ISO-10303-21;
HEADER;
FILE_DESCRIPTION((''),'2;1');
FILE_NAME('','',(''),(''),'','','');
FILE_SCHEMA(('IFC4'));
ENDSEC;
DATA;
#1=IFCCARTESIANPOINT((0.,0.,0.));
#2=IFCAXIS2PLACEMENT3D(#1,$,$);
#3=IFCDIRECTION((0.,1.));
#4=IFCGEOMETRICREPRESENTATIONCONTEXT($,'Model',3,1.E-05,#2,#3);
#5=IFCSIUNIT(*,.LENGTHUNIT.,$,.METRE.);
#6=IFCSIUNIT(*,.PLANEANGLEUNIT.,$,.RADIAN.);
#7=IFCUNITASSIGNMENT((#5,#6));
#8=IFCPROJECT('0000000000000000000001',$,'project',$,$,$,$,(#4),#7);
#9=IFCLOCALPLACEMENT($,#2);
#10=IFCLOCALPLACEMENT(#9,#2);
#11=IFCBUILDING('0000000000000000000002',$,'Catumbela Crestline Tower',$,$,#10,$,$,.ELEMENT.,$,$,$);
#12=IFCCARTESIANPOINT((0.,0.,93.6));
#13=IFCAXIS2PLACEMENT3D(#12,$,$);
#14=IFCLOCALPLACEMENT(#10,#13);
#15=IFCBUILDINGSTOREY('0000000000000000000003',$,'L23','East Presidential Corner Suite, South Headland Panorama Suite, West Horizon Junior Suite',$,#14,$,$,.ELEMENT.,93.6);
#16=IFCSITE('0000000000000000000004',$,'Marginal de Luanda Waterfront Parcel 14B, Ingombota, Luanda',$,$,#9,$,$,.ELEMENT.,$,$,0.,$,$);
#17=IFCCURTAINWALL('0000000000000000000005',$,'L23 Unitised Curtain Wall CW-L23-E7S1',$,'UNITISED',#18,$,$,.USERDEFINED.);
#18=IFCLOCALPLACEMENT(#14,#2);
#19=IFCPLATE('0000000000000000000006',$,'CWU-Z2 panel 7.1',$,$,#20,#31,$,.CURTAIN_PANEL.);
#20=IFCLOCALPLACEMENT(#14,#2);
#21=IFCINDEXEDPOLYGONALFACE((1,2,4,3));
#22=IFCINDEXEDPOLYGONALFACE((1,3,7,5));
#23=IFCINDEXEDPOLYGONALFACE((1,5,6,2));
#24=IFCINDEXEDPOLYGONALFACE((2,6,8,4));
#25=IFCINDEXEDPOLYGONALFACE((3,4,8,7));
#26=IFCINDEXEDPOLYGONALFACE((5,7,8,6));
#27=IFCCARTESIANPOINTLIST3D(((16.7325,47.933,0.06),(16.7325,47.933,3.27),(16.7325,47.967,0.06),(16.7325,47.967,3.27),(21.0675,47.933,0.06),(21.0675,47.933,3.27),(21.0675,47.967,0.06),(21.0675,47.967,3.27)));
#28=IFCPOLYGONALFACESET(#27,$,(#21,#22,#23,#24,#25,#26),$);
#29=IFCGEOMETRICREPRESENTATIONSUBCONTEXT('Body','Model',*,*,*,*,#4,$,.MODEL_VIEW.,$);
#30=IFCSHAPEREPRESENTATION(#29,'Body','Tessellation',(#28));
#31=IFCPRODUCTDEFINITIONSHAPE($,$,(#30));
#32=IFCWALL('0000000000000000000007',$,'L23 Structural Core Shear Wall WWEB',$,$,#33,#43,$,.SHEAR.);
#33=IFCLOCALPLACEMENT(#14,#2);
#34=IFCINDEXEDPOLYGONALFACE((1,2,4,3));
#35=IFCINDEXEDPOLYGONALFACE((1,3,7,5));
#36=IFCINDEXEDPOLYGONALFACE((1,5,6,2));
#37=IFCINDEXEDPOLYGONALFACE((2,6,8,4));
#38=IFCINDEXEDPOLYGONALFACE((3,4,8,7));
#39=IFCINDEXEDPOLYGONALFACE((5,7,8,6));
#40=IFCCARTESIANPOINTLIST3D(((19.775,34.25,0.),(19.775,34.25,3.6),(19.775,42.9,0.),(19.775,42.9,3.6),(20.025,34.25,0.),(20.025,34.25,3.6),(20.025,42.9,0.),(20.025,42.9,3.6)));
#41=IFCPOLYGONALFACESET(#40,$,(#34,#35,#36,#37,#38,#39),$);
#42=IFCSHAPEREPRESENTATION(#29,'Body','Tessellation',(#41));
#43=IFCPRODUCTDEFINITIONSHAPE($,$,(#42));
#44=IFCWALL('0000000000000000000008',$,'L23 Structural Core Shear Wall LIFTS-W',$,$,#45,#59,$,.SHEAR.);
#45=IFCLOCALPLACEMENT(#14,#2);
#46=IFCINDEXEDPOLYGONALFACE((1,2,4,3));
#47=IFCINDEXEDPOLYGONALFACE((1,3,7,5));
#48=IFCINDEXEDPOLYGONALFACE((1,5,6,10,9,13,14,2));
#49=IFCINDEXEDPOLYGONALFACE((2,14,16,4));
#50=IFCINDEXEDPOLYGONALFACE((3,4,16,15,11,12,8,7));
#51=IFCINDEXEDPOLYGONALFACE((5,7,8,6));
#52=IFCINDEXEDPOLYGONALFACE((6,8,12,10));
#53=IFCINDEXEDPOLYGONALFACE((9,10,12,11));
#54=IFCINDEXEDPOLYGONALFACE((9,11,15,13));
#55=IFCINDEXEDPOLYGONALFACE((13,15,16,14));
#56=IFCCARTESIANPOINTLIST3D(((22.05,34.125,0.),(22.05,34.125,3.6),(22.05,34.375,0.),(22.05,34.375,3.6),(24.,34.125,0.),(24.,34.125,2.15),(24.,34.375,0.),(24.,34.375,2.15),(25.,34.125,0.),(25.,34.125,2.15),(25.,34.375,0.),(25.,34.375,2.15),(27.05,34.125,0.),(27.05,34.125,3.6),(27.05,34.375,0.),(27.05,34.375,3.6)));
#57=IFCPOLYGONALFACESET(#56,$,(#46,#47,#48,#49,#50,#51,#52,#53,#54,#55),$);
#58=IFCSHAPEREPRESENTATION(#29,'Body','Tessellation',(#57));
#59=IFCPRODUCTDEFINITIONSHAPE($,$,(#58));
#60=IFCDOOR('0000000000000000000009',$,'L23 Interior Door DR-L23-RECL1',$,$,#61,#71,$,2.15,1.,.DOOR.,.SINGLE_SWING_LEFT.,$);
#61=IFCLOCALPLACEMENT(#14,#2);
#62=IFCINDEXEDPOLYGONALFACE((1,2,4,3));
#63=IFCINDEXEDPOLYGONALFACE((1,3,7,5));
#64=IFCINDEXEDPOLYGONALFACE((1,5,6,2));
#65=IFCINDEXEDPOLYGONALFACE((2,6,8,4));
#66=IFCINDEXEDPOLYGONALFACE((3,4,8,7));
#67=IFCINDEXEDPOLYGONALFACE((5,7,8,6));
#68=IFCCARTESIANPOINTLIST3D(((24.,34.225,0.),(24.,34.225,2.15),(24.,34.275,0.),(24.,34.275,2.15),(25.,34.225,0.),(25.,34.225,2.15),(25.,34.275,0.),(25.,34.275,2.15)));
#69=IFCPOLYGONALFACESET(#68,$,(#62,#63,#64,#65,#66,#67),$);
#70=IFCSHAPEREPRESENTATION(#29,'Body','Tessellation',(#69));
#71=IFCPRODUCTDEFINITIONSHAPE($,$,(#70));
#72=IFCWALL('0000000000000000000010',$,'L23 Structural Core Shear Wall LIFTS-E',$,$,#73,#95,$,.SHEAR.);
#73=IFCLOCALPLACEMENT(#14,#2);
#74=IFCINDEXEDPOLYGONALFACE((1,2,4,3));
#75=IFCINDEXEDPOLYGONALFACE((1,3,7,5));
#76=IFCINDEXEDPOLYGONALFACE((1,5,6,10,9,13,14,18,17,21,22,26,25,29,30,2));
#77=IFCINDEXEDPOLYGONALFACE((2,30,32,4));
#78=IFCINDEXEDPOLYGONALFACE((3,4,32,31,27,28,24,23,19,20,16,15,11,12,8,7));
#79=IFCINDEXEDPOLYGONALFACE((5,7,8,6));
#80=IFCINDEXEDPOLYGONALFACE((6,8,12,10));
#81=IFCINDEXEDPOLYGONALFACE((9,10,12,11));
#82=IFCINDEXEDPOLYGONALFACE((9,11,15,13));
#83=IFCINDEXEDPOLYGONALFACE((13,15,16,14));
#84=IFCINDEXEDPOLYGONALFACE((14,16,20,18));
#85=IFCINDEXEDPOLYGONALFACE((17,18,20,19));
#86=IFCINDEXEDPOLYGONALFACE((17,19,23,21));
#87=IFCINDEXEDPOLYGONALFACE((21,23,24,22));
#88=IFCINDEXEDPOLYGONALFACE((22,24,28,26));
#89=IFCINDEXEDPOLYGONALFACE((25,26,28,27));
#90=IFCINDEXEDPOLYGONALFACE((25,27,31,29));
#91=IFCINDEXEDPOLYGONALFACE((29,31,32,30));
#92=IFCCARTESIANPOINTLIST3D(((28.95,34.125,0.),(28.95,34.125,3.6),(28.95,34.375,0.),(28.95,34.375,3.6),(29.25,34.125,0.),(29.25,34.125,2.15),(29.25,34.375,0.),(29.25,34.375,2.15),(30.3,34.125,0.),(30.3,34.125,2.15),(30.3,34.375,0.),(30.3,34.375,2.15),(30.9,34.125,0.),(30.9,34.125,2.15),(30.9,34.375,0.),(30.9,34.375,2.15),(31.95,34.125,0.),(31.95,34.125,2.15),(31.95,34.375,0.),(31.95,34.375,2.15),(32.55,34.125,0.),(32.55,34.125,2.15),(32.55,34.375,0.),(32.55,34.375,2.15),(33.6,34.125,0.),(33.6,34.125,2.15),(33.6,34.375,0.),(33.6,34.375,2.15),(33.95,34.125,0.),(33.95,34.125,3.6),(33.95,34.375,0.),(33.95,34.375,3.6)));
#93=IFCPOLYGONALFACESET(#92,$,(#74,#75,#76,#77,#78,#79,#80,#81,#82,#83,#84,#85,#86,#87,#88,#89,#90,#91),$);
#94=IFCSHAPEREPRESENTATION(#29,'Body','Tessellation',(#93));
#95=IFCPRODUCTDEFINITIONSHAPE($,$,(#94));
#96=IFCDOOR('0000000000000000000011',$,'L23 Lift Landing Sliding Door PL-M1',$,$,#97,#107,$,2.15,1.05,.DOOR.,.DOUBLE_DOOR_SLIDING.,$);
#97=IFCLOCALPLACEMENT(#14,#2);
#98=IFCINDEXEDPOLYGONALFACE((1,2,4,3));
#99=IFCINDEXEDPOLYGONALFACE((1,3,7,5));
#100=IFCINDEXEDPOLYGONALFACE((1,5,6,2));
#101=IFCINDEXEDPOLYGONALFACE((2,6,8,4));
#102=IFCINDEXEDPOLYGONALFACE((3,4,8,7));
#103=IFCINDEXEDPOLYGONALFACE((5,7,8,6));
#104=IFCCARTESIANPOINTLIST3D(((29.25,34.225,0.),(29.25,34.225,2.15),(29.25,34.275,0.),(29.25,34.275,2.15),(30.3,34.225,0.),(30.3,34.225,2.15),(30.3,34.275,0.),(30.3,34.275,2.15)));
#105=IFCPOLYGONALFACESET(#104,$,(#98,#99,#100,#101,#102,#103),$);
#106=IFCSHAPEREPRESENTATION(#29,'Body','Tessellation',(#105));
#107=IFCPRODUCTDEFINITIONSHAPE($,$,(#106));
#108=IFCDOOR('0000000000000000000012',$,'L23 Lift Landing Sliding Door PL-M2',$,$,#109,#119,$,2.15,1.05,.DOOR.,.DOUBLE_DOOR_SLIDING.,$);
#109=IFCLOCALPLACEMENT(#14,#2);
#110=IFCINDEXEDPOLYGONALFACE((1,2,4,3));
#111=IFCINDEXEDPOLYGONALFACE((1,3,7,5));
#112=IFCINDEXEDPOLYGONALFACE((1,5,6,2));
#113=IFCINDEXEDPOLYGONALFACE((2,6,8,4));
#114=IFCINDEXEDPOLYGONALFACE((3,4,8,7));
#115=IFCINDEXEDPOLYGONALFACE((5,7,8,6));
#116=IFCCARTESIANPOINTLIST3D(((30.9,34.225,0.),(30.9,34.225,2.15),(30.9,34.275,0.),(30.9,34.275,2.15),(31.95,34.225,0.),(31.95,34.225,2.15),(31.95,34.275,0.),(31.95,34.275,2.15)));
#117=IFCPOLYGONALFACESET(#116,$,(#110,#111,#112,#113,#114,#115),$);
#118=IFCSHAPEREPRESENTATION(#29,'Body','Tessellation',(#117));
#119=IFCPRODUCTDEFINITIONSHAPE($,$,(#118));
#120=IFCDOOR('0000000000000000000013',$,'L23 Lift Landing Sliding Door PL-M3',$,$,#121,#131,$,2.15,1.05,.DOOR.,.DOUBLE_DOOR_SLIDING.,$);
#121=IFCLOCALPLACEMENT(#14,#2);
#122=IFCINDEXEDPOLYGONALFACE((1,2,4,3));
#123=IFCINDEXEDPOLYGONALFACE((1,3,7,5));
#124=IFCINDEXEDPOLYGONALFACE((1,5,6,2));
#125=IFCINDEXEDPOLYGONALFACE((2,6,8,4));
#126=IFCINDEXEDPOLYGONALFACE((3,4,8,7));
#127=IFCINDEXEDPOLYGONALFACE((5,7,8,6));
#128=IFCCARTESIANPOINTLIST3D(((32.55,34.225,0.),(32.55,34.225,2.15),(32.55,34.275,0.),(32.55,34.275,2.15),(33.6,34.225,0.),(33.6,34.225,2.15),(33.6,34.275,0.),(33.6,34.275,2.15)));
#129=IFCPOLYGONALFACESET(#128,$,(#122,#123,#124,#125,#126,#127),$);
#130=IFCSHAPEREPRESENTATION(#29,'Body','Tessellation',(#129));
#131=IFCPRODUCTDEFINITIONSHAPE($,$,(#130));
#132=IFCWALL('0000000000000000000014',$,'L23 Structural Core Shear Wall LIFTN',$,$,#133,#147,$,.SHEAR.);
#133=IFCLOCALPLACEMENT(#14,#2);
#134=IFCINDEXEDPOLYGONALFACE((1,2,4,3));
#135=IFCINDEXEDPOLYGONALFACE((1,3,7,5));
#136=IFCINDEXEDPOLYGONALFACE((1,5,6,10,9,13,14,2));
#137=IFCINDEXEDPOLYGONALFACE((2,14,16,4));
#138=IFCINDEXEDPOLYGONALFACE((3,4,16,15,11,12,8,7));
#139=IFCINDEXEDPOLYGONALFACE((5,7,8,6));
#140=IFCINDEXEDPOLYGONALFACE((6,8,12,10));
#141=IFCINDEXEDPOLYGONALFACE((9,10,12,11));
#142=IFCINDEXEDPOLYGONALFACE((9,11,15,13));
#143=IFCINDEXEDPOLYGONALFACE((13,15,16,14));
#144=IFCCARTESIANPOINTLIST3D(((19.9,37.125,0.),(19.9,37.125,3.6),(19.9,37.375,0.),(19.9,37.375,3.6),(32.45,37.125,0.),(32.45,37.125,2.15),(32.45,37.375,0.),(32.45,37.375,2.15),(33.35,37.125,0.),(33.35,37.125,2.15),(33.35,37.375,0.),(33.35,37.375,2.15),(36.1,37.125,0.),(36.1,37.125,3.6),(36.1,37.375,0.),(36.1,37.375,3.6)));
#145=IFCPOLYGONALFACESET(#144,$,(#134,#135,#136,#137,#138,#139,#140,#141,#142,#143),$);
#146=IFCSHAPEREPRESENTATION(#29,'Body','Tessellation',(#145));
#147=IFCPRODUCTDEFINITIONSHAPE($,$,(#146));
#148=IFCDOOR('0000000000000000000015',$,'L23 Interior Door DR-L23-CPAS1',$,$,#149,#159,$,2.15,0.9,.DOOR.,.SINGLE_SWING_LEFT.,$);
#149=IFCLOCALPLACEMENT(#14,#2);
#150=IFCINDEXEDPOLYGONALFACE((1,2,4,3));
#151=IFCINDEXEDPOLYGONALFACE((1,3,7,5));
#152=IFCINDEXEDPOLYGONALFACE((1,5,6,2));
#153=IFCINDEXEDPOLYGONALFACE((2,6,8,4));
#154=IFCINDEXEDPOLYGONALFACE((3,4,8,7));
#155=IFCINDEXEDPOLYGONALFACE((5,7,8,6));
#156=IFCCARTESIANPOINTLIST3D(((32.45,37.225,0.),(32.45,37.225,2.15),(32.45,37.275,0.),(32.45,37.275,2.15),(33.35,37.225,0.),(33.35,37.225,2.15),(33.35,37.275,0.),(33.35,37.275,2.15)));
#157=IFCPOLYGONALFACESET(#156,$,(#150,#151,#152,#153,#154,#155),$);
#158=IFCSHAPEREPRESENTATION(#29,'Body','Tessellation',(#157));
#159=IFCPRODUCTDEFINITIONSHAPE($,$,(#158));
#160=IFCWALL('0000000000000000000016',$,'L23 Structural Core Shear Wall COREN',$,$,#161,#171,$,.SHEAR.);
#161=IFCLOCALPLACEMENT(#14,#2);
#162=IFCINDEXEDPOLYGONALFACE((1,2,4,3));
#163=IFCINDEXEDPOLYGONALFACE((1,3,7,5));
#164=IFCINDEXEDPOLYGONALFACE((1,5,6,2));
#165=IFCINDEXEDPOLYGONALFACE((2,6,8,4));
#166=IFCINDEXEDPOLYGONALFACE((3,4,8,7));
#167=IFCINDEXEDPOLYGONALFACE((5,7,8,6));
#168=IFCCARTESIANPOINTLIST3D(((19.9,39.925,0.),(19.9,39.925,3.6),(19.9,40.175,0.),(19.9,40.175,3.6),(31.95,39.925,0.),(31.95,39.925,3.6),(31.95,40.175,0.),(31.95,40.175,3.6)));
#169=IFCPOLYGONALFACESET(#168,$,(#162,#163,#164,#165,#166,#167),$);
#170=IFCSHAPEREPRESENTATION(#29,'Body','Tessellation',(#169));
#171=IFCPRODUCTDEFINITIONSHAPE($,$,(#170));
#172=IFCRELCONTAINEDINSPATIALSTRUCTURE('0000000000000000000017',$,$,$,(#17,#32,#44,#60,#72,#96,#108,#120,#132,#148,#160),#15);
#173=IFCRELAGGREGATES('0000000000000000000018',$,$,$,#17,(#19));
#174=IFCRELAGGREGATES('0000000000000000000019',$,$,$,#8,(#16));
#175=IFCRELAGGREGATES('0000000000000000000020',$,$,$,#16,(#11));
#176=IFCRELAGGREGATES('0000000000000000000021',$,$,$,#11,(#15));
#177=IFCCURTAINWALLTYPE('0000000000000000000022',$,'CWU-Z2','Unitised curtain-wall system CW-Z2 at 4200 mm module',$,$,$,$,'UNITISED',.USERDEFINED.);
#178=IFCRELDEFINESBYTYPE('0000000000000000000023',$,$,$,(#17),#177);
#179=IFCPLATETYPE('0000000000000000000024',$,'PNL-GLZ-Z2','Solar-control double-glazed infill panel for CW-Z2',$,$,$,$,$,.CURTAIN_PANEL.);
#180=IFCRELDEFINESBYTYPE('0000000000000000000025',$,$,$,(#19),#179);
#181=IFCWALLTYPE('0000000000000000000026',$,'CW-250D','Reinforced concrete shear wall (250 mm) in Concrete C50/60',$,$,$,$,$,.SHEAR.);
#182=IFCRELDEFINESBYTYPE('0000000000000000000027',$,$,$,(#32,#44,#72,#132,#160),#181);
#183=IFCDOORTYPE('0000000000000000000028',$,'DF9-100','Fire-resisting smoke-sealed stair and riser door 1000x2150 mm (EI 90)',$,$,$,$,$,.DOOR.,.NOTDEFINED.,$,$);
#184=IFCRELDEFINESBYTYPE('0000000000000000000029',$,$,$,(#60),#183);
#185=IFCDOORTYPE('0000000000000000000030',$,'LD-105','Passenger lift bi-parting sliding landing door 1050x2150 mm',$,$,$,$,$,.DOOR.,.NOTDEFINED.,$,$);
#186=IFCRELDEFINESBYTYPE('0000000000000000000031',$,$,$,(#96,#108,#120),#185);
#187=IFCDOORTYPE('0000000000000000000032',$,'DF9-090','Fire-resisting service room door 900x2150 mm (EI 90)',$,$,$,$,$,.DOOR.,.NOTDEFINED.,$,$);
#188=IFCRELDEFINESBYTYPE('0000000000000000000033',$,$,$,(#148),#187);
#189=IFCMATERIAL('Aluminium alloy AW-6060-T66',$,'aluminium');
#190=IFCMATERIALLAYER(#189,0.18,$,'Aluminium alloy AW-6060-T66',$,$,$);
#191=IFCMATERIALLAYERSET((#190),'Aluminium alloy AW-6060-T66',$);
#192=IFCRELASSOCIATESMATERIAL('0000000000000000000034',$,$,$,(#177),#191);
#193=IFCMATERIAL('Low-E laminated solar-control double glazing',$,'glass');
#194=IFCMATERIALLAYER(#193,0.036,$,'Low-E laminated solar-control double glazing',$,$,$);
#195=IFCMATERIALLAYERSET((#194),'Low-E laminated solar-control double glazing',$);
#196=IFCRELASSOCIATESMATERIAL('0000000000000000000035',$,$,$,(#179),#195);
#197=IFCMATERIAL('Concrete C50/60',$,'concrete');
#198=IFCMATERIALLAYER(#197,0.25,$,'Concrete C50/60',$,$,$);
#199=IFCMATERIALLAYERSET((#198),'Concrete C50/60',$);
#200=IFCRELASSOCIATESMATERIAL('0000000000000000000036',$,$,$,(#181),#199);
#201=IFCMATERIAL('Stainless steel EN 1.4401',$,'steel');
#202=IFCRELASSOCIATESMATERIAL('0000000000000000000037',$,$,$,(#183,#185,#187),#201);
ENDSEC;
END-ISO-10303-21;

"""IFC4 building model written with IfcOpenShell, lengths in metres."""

from ifc_helpers import new_model, si_unit, direction, frame, frame_2d, origin, origin_2d, place, context, subcontext, project, spatial, rectangle, extrude, material, layer, layer_set, type_object, element, fill, aggregate, save


model = new_model("IFC4")

# Units and contexts
model_context = context("Model", 3, precision=1e-05, world=origin(), true_north=direction((0.0, 1.0)))
body_context = subcontext(model_context, "Body", "Model", "MODEL_VIEW")
ifc_project = project(units=[si_unit("LENGTHUNIT", "METRE"), si_unit("PLANEANGLEUNIT", "RADIAN")], contexts=[model_context])

# Site, building, storey
site_placement = place(None, origin())
site = spatial("IfcSite", under=ifc_project, at=site_placement, Name="Marginal de Luanda Waterfront Parcel 14B, Ingombota, Luanda", CompositionType="ELEMENT", RefElevation=0.0)
building_placement = place(site_placement, origin())
building = spatial("IfcBuilding", under=site, at=building_placement, Name="Catumbela Crestline Tower", CompositionType="ELEMENT")
storey_placement = place(building_placement, frame((0.0, 0.0, 93.6)))
storey = spatial("IfcBuildingStorey", under=building, at=storey_placement, Name="L23", Description="East Presidential Corner Suite, South Headland Panorama Suite, West Horizon Junior Suite", CompositionType="ELEMENT", Elevation=93.6)

# Curtain wall, plate
ifc_material_1 = material(Name="Aluminium alloy AW-6060-T66", Category="aluminium")
ifc_layer_1 = layer(ifc_material_1, 0.18, Name="Aluminium alloy AW-6060-T66")
ifc_layer_set_1 = layer_set([ifc_layer_1], Name="Aluminium alloy AW-6060-T66")
curtain_wall_type = type_object("IfcCurtainWallType", Name="CWU-Z2", Description="Unitised curtain-wall system CW-Z2 at 4200 mm module", ElementType="UNITISED", PredefinedType="USERDEFINED", material=ifc_layer_set_1)
curtain_wall_placement = place(storey_placement, origin())
curtain_wall = element("IfcCurtainWall", 1, at=curtain_wall_placement, inside=storey, type_object=curtain_wall_type, Name="L23 Unitised Curtain Wall CW-L23-E7S1", ObjectType="UNITISED", PredefinedType="USERDEFINED")
ifc_material_2 = material(Name="Low-E laminated solar-control double glazing", Category="glass")
ifc_layer_2 = layer(ifc_material_2, 0.036, Name="Low-E laminated solar-control double glazing")
ifc_layer_set_2 = layer_set([ifc_layer_2], Name="Low-E laminated solar-control double glazing")
plate_type = type_object("IfcPlateType", Name="PNL-GLZ-Z2", Description="Solar-control double-glazed infill panel for CW-Z2", PredefinedType="CURTAIN_PANEL", material=ifc_layer_set_2)
plate_1_placement = place(storey_placement, frame((18.9, 47.95, 0.06), z_axis=(0.0, 0.0, 1.0), x_axis=(-1.0, 0.0, 0.0)))
plate_1 = element("IfcPlate", 2, at=plate_1_placement, type_object=plate_type, Name="CWU-Z2 panel 7.1", PredefinedType="CURTAIN_PANEL", context=body_context, shape_type="SweptSolid", body=[
    extrude(rectangle(XDim=4.335, YDim=0.034, at=origin_2d()), origin(), (0.0, 0.0, 1.0), 3.21),
])
aggregate(curtain_wall, [plate_1])

# Wall
ifc_material_3 = material(Name="Concrete C50/60", Category="concrete")
ifc_layer_3 = layer(ifc_material_3, 0.25, Name="Concrete C50/60")
ifc_layer_set_3 = layer_set([ifc_layer_3], Name="Concrete C50/60")
wall_type_1 = type_object("IfcWallType", Name="CW-250D", Description="Reinforced concrete shear wall (250 mm) in Concrete C50/60", PredefinedType="SHEAR", material=ifc_layer_set_3)
wall_1_placement = place(storey_placement, frame((19.9, 34.25, 0.0), z_axis=(0.0, 0.0, 1.0), x_axis=(0.0, 1.0, 0.0)))
element("IfcWall", 3, at=wall_1_placement, inside=storey, type_object=wall_type_1, Name="L23 Structural Core Shear Wall WWEB", PredefinedType="SHEAR", context=body_context, shape_type="SweptSolid", body=[
    extrude(rectangle(XDim=8.65, YDim=0.25, at=frame_2d((4.325, 0.0))), origin(), (0.0, 0.0, 1.0), 3.6),
])

# Wall, opening, door
wall_2_placement = place(storey_placement, frame((22.05, 34.25, 0.0), z_axis=(0.0, 0.0, 1.0), x_axis=(1.0, 0.0, 0.0)))
wall_2 = element("IfcWall", 4, at=wall_2_placement, inside=storey, type_object=wall_type_1, Name="L23 Structural Core Shear Wall LIFTS-W", PredefinedType="SHEAR", context=body_context, shape_type="SweptSolid", body=[
    extrude(rectangle(XDim=5.0, YDim=0.25, at=frame_2d((2.5, 0.0))), origin(), (0.0, 0.0, 1.0), 3.6),
])
opening_1_placement = place(wall_2_placement, frame((1.95, 0.0, 0.0)))
opening_1 = element("IfcOpeningElement", 5, at=opening_1_placement, cuts=wall_2, PredefinedType="OPENING", context=body_context, shape_type="SweptSolid", body=[
    extrude(rectangle(XDim=1.0, YDim=2.15, at=frame_2d((0.5, 1.075))), frame((0.0, 0.135, 0.0), z_axis=(0.0, -1.0, 0.0), x_axis=(1.0, 0.0, 0.0)), (0.0, 0.0, 1.0), 0.27),
])
ifc_material_4 = material(Name="Stainless steel EN 1.4401", Category="steel")
door_type_1 = type_object("IfcDoorType", Name="DF9-100", Description="Fire-resisting smoke-sealed stair and riser door 1000x2150 mm (EI 90)", OperationType="NOTDEFINED", PredefinedType="DOOR", material=ifc_material_4)
door_1_placement = place(opening_1_placement, origin())
door_1 = element("IfcDoor", 6, at=door_1_placement, inside=storey, type_object=door_type_1, Name="L23 Interior Door DR-L23-RECL1", OperationType="SINGLE_SWING_LEFT", OverallHeight=2.15, OverallWidth=1.0, PredefinedType="DOOR", context=body_context, shape_type="SweptSolid", body=[
    extrude(rectangle(XDim=1.0, YDim=2.15, at=frame_2d((0.5, 1.075))), frame((0.0, 0.025, 0.0), z_axis=(0.0, -1.0, 0.0), x_axis=(1.0, 0.0, 0.0)), (0.0, 0.0, 1.0), 0.05),
])
fill(opening_1, door_1)

# Wall, openings, doors
wall_3_placement = place(storey_placement, frame((28.95, 34.25, 0.0), z_axis=(0.0, 0.0, 1.0), x_axis=(1.0, 0.0, 0.0)))
wall_3 = element("IfcWall", 7, at=wall_3_placement, inside=storey, type_object=wall_type_1, Name="L23 Structural Core Shear Wall LIFTS-E", PredefinedType="SHEAR", context=body_context, shape_type="SweptSolid", body=[
    extrude(rectangle(XDim=5.0, YDim=0.25, at=frame_2d((2.5, 0.0))), origin(), (0.0, 0.0, 1.0), 3.6),
])
opening_2_placement = place(wall_3_placement, frame((0.3, 0.0, 0.0)))
opening_2 = element("IfcOpeningElement", 8, at=opening_2_placement, cuts=wall_3, PredefinedType="OPENING", context=body_context, shape_type="SweptSolid", body=[
    extrude(rectangle(XDim=1.05, YDim=2.15, at=frame_2d((0.525, 1.075))), frame((0.0, 0.135, 0.0), z_axis=(0.0, -1.0, 0.0), x_axis=(1.0, 0.0, 0.0)), (0.0, 0.0, 1.0), 0.27),
])
opening_3_placement = place(wall_3_placement, frame((1.95, 0.0, 0.0)))
opening_3 = element("IfcOpeningElement", 9, at=opening_3_placement, cuts=wall_3, PredefinedType="OPENING", context=body_context, shape_type="SweptSolid", body=[
    extrude(rectangle(XDim=1.05, YDim=2.15, at=frame_2d((0.525, 1.075))), frame((0.0, 0.135, 0.0), z_axis=(0.0, -1.0, 0.0), x_axis=(1.0, 0.0, 0.0)), (0.0, 0.0, 1.0), 0.27),
])
opening_4_placement = place(wall_3_placement, frame((3.6, 0.0, 0.0)))
opening_4 = element("IfcOpeningElement", 10, at=opening_4_placement, cuts=wall_3, PredefinedType="OPENING", context=body_context, shape_type="SweptSolid", body=[
    extrude(rectangle(XDim=1.05, YDim=2.15, at=frame_2d((0.525, 1.075))), frame((0.0, 0.135, 0.0), z_axis=(0.0, -1.0, 0.0), x_axis=(1.0, 0.0, 0.0)), (0.0, 0.0, 1.0), 0.27),
])
door_type_2 = type_object("IfcDoorType", Name="LD-105", Description="Passenger lift bi-parting sliding landing door 1050x2150 mm", OperationType="NOTDEFINED", PredefinedType="DOOR", material=ifc_material_4)
door_2_placement = place(opening_2_placement, origin())
door_2 = element("IfcDoor", 11, at=door_2_placement, inside=storey, type_object=door_type_2, Name="L23 Lift Landing Sliding Door PL-M1", OperationType="DOUBLE_DOOR_SLIDING", OverallHeight=2.15, OverallWidth=1.05, PredefinedType="DOOR", context=body_context, shape_type="SweptSolid", body=[
    extrude(rectangle(XDim=1.05, YDim=2.15, at=frame_2d((0.525, 1.075))), frame((0.0, 0.025, 0.0), z_axis=(0.0, -1.0, 0.0), x_axis=(1.0, 0.0, 0.0)), (0.0, 0.0, 1.0), 0.05),
])
fill(opening_2, door_2)
door_3_placement = place(opening_3_placement, origin())
door_3 = element("IfcDoor", 12, at=door_3_placement, inside=storey, type_object=door_type_2, Name="L23 Lift Landing Sliding Door PL-M2", OperationType="DOUBLE_DOOR_SLIDING", OverallHeight=2.15, OverallWidth=1.05, PredefinedType="DOOR", context=body_context, shape_type="SweptSolid", body=[
    extrude(rectangle(XDim=1.05, YDim=2.15, at=frame_2d((0.525, 1.075))), frame((0.0, 0.025, 0.0), z_axis=(0.0, -1.0, 0.0), x_axis=(1.0, 0.0, 0.0)), (0.0, 0.0, 1.0), 0.05),
])
fill(opening_3, door_3)
door_4_placement = place(opening_4_placement, origin())
door_4 = element("IfcDoor", 13, at=door_4_placement, inside=storey, type_object=door_type_2, Name="L23 Lift Landing Sliding Door PL-M3", OperationType="DOUBLE_DOOR_SLIDING", OverallHeight=2.15, OverallWidth=1.05, PredefinedType="DOOR", context=body_context, shape_type="SweptSolid", body=[
    extrude(rectangle(XDim=1.05, YDim=2.15, at=frame_2d((0.525, 1.075))), frame((0.0, 0.025, 0.0), z_axis=(0.0, -1.0, 0.0), x_axis=(1.0, 0.0, 0.0)), (0.0, 0.0, 1.0), 0.05),
])
fill(opening_4, door_4)

# Wall, opening, door
wall_4_placement = place(storey_placement, frame((19.9, 37.25, 0.0), z_axis=(0.0, 0.0, 1.0), x_axis=(1.0, 0.0, 0.0)))
wall_4 = element("IfcWall", 14, at=wall_4_placement, inside=storey, type_object=wall_type_1, Name="L23 Structural Core Shear Wall LIFTN", PredefinedType="SHEAR", context=body_context, shape_type="SweptSolid", body=[
    extrude(rectangle(XDim=16.2, YDim=0.25, at=frame_2d((8.1, 0.0))), origin(), (0.0, 0.0, 1.0), 3.6),
])
opening_5_placement = place(wall_4_placement, frame((12.55, 0.0, 0.0)))
opening_5 = element("IfcOpeningElement", 15, at=opening_5_placement, cuts=wall_4, PredefinedType="OPENING", context=body_context, shape_type="SweptSolid", body=[
    extrude(rectangle(XDim=0.9, YDim=2.15, at=frame_2d((0.45, 1.075))), frame((0.0, 0.135, 0.0), z_axis=(0.0, -1.0, 0.0), x_axis=(1.0, 0.0, 0.0)), (0.0, 0.0, 1.0), 0.27),
])
door_type_3 = type_object("IfcDoorType", Name="DF9-090", Description="Fire-resisting service room door 900x2150 mm (EI 90)", OperationType="NOTDEFINED", PredefinedType="DOOR", material=ifc_material_4)
door_5_placement = place(opening_5_placement, origin())
door_5 = element("IfcDoor", 16, at=door_5_placement, inside=storey, type_object=door_type_3, Name="L23 Interior Door DR-L23-CPAS1", OperationType="SINGLE_SWING_LEFT", OverallHeight=2.15, OverallWidth=0.9, PredefinedType="DOOR", context=body_context, shape_type="SweptSolid", body=[
    extrude(rectangle(XDim=0.9, YDim=2.15, at=frame_2d((0.45, 1.075))), frame((0.0, 0.025, 0.0), z_axis=(0.0, -1.0, 0.0), x_axis=(1.0, 0.0, 0.0)), (0.0, 0.0, 1.0), 0.05),
])
fill(opening_5, door_5)

# Wall
wall_5_placement = place(storey_placement, frame((19.9, 40.05, 0.0), z_axis=(0.0, 0.0, 1.0), x_axis=(1.0, 0.0, 0.0)))
element("IfcWall", 17, at=wall_5_placement, inside=storey, type_object=wall_type_1, Name="L23 Structural Core Shear Wall COREN", PredefinedType="SHEAR", context=body_context, shape_type="SweptSolid", body=[
    extrude(rectangle(XDim=12.05, YDim=0.25, at=frame_2d((6.025, 0.0))), origin(), (0.0, 0.0, 1.0), 3.6),
])

save(model, "model.ifc")
